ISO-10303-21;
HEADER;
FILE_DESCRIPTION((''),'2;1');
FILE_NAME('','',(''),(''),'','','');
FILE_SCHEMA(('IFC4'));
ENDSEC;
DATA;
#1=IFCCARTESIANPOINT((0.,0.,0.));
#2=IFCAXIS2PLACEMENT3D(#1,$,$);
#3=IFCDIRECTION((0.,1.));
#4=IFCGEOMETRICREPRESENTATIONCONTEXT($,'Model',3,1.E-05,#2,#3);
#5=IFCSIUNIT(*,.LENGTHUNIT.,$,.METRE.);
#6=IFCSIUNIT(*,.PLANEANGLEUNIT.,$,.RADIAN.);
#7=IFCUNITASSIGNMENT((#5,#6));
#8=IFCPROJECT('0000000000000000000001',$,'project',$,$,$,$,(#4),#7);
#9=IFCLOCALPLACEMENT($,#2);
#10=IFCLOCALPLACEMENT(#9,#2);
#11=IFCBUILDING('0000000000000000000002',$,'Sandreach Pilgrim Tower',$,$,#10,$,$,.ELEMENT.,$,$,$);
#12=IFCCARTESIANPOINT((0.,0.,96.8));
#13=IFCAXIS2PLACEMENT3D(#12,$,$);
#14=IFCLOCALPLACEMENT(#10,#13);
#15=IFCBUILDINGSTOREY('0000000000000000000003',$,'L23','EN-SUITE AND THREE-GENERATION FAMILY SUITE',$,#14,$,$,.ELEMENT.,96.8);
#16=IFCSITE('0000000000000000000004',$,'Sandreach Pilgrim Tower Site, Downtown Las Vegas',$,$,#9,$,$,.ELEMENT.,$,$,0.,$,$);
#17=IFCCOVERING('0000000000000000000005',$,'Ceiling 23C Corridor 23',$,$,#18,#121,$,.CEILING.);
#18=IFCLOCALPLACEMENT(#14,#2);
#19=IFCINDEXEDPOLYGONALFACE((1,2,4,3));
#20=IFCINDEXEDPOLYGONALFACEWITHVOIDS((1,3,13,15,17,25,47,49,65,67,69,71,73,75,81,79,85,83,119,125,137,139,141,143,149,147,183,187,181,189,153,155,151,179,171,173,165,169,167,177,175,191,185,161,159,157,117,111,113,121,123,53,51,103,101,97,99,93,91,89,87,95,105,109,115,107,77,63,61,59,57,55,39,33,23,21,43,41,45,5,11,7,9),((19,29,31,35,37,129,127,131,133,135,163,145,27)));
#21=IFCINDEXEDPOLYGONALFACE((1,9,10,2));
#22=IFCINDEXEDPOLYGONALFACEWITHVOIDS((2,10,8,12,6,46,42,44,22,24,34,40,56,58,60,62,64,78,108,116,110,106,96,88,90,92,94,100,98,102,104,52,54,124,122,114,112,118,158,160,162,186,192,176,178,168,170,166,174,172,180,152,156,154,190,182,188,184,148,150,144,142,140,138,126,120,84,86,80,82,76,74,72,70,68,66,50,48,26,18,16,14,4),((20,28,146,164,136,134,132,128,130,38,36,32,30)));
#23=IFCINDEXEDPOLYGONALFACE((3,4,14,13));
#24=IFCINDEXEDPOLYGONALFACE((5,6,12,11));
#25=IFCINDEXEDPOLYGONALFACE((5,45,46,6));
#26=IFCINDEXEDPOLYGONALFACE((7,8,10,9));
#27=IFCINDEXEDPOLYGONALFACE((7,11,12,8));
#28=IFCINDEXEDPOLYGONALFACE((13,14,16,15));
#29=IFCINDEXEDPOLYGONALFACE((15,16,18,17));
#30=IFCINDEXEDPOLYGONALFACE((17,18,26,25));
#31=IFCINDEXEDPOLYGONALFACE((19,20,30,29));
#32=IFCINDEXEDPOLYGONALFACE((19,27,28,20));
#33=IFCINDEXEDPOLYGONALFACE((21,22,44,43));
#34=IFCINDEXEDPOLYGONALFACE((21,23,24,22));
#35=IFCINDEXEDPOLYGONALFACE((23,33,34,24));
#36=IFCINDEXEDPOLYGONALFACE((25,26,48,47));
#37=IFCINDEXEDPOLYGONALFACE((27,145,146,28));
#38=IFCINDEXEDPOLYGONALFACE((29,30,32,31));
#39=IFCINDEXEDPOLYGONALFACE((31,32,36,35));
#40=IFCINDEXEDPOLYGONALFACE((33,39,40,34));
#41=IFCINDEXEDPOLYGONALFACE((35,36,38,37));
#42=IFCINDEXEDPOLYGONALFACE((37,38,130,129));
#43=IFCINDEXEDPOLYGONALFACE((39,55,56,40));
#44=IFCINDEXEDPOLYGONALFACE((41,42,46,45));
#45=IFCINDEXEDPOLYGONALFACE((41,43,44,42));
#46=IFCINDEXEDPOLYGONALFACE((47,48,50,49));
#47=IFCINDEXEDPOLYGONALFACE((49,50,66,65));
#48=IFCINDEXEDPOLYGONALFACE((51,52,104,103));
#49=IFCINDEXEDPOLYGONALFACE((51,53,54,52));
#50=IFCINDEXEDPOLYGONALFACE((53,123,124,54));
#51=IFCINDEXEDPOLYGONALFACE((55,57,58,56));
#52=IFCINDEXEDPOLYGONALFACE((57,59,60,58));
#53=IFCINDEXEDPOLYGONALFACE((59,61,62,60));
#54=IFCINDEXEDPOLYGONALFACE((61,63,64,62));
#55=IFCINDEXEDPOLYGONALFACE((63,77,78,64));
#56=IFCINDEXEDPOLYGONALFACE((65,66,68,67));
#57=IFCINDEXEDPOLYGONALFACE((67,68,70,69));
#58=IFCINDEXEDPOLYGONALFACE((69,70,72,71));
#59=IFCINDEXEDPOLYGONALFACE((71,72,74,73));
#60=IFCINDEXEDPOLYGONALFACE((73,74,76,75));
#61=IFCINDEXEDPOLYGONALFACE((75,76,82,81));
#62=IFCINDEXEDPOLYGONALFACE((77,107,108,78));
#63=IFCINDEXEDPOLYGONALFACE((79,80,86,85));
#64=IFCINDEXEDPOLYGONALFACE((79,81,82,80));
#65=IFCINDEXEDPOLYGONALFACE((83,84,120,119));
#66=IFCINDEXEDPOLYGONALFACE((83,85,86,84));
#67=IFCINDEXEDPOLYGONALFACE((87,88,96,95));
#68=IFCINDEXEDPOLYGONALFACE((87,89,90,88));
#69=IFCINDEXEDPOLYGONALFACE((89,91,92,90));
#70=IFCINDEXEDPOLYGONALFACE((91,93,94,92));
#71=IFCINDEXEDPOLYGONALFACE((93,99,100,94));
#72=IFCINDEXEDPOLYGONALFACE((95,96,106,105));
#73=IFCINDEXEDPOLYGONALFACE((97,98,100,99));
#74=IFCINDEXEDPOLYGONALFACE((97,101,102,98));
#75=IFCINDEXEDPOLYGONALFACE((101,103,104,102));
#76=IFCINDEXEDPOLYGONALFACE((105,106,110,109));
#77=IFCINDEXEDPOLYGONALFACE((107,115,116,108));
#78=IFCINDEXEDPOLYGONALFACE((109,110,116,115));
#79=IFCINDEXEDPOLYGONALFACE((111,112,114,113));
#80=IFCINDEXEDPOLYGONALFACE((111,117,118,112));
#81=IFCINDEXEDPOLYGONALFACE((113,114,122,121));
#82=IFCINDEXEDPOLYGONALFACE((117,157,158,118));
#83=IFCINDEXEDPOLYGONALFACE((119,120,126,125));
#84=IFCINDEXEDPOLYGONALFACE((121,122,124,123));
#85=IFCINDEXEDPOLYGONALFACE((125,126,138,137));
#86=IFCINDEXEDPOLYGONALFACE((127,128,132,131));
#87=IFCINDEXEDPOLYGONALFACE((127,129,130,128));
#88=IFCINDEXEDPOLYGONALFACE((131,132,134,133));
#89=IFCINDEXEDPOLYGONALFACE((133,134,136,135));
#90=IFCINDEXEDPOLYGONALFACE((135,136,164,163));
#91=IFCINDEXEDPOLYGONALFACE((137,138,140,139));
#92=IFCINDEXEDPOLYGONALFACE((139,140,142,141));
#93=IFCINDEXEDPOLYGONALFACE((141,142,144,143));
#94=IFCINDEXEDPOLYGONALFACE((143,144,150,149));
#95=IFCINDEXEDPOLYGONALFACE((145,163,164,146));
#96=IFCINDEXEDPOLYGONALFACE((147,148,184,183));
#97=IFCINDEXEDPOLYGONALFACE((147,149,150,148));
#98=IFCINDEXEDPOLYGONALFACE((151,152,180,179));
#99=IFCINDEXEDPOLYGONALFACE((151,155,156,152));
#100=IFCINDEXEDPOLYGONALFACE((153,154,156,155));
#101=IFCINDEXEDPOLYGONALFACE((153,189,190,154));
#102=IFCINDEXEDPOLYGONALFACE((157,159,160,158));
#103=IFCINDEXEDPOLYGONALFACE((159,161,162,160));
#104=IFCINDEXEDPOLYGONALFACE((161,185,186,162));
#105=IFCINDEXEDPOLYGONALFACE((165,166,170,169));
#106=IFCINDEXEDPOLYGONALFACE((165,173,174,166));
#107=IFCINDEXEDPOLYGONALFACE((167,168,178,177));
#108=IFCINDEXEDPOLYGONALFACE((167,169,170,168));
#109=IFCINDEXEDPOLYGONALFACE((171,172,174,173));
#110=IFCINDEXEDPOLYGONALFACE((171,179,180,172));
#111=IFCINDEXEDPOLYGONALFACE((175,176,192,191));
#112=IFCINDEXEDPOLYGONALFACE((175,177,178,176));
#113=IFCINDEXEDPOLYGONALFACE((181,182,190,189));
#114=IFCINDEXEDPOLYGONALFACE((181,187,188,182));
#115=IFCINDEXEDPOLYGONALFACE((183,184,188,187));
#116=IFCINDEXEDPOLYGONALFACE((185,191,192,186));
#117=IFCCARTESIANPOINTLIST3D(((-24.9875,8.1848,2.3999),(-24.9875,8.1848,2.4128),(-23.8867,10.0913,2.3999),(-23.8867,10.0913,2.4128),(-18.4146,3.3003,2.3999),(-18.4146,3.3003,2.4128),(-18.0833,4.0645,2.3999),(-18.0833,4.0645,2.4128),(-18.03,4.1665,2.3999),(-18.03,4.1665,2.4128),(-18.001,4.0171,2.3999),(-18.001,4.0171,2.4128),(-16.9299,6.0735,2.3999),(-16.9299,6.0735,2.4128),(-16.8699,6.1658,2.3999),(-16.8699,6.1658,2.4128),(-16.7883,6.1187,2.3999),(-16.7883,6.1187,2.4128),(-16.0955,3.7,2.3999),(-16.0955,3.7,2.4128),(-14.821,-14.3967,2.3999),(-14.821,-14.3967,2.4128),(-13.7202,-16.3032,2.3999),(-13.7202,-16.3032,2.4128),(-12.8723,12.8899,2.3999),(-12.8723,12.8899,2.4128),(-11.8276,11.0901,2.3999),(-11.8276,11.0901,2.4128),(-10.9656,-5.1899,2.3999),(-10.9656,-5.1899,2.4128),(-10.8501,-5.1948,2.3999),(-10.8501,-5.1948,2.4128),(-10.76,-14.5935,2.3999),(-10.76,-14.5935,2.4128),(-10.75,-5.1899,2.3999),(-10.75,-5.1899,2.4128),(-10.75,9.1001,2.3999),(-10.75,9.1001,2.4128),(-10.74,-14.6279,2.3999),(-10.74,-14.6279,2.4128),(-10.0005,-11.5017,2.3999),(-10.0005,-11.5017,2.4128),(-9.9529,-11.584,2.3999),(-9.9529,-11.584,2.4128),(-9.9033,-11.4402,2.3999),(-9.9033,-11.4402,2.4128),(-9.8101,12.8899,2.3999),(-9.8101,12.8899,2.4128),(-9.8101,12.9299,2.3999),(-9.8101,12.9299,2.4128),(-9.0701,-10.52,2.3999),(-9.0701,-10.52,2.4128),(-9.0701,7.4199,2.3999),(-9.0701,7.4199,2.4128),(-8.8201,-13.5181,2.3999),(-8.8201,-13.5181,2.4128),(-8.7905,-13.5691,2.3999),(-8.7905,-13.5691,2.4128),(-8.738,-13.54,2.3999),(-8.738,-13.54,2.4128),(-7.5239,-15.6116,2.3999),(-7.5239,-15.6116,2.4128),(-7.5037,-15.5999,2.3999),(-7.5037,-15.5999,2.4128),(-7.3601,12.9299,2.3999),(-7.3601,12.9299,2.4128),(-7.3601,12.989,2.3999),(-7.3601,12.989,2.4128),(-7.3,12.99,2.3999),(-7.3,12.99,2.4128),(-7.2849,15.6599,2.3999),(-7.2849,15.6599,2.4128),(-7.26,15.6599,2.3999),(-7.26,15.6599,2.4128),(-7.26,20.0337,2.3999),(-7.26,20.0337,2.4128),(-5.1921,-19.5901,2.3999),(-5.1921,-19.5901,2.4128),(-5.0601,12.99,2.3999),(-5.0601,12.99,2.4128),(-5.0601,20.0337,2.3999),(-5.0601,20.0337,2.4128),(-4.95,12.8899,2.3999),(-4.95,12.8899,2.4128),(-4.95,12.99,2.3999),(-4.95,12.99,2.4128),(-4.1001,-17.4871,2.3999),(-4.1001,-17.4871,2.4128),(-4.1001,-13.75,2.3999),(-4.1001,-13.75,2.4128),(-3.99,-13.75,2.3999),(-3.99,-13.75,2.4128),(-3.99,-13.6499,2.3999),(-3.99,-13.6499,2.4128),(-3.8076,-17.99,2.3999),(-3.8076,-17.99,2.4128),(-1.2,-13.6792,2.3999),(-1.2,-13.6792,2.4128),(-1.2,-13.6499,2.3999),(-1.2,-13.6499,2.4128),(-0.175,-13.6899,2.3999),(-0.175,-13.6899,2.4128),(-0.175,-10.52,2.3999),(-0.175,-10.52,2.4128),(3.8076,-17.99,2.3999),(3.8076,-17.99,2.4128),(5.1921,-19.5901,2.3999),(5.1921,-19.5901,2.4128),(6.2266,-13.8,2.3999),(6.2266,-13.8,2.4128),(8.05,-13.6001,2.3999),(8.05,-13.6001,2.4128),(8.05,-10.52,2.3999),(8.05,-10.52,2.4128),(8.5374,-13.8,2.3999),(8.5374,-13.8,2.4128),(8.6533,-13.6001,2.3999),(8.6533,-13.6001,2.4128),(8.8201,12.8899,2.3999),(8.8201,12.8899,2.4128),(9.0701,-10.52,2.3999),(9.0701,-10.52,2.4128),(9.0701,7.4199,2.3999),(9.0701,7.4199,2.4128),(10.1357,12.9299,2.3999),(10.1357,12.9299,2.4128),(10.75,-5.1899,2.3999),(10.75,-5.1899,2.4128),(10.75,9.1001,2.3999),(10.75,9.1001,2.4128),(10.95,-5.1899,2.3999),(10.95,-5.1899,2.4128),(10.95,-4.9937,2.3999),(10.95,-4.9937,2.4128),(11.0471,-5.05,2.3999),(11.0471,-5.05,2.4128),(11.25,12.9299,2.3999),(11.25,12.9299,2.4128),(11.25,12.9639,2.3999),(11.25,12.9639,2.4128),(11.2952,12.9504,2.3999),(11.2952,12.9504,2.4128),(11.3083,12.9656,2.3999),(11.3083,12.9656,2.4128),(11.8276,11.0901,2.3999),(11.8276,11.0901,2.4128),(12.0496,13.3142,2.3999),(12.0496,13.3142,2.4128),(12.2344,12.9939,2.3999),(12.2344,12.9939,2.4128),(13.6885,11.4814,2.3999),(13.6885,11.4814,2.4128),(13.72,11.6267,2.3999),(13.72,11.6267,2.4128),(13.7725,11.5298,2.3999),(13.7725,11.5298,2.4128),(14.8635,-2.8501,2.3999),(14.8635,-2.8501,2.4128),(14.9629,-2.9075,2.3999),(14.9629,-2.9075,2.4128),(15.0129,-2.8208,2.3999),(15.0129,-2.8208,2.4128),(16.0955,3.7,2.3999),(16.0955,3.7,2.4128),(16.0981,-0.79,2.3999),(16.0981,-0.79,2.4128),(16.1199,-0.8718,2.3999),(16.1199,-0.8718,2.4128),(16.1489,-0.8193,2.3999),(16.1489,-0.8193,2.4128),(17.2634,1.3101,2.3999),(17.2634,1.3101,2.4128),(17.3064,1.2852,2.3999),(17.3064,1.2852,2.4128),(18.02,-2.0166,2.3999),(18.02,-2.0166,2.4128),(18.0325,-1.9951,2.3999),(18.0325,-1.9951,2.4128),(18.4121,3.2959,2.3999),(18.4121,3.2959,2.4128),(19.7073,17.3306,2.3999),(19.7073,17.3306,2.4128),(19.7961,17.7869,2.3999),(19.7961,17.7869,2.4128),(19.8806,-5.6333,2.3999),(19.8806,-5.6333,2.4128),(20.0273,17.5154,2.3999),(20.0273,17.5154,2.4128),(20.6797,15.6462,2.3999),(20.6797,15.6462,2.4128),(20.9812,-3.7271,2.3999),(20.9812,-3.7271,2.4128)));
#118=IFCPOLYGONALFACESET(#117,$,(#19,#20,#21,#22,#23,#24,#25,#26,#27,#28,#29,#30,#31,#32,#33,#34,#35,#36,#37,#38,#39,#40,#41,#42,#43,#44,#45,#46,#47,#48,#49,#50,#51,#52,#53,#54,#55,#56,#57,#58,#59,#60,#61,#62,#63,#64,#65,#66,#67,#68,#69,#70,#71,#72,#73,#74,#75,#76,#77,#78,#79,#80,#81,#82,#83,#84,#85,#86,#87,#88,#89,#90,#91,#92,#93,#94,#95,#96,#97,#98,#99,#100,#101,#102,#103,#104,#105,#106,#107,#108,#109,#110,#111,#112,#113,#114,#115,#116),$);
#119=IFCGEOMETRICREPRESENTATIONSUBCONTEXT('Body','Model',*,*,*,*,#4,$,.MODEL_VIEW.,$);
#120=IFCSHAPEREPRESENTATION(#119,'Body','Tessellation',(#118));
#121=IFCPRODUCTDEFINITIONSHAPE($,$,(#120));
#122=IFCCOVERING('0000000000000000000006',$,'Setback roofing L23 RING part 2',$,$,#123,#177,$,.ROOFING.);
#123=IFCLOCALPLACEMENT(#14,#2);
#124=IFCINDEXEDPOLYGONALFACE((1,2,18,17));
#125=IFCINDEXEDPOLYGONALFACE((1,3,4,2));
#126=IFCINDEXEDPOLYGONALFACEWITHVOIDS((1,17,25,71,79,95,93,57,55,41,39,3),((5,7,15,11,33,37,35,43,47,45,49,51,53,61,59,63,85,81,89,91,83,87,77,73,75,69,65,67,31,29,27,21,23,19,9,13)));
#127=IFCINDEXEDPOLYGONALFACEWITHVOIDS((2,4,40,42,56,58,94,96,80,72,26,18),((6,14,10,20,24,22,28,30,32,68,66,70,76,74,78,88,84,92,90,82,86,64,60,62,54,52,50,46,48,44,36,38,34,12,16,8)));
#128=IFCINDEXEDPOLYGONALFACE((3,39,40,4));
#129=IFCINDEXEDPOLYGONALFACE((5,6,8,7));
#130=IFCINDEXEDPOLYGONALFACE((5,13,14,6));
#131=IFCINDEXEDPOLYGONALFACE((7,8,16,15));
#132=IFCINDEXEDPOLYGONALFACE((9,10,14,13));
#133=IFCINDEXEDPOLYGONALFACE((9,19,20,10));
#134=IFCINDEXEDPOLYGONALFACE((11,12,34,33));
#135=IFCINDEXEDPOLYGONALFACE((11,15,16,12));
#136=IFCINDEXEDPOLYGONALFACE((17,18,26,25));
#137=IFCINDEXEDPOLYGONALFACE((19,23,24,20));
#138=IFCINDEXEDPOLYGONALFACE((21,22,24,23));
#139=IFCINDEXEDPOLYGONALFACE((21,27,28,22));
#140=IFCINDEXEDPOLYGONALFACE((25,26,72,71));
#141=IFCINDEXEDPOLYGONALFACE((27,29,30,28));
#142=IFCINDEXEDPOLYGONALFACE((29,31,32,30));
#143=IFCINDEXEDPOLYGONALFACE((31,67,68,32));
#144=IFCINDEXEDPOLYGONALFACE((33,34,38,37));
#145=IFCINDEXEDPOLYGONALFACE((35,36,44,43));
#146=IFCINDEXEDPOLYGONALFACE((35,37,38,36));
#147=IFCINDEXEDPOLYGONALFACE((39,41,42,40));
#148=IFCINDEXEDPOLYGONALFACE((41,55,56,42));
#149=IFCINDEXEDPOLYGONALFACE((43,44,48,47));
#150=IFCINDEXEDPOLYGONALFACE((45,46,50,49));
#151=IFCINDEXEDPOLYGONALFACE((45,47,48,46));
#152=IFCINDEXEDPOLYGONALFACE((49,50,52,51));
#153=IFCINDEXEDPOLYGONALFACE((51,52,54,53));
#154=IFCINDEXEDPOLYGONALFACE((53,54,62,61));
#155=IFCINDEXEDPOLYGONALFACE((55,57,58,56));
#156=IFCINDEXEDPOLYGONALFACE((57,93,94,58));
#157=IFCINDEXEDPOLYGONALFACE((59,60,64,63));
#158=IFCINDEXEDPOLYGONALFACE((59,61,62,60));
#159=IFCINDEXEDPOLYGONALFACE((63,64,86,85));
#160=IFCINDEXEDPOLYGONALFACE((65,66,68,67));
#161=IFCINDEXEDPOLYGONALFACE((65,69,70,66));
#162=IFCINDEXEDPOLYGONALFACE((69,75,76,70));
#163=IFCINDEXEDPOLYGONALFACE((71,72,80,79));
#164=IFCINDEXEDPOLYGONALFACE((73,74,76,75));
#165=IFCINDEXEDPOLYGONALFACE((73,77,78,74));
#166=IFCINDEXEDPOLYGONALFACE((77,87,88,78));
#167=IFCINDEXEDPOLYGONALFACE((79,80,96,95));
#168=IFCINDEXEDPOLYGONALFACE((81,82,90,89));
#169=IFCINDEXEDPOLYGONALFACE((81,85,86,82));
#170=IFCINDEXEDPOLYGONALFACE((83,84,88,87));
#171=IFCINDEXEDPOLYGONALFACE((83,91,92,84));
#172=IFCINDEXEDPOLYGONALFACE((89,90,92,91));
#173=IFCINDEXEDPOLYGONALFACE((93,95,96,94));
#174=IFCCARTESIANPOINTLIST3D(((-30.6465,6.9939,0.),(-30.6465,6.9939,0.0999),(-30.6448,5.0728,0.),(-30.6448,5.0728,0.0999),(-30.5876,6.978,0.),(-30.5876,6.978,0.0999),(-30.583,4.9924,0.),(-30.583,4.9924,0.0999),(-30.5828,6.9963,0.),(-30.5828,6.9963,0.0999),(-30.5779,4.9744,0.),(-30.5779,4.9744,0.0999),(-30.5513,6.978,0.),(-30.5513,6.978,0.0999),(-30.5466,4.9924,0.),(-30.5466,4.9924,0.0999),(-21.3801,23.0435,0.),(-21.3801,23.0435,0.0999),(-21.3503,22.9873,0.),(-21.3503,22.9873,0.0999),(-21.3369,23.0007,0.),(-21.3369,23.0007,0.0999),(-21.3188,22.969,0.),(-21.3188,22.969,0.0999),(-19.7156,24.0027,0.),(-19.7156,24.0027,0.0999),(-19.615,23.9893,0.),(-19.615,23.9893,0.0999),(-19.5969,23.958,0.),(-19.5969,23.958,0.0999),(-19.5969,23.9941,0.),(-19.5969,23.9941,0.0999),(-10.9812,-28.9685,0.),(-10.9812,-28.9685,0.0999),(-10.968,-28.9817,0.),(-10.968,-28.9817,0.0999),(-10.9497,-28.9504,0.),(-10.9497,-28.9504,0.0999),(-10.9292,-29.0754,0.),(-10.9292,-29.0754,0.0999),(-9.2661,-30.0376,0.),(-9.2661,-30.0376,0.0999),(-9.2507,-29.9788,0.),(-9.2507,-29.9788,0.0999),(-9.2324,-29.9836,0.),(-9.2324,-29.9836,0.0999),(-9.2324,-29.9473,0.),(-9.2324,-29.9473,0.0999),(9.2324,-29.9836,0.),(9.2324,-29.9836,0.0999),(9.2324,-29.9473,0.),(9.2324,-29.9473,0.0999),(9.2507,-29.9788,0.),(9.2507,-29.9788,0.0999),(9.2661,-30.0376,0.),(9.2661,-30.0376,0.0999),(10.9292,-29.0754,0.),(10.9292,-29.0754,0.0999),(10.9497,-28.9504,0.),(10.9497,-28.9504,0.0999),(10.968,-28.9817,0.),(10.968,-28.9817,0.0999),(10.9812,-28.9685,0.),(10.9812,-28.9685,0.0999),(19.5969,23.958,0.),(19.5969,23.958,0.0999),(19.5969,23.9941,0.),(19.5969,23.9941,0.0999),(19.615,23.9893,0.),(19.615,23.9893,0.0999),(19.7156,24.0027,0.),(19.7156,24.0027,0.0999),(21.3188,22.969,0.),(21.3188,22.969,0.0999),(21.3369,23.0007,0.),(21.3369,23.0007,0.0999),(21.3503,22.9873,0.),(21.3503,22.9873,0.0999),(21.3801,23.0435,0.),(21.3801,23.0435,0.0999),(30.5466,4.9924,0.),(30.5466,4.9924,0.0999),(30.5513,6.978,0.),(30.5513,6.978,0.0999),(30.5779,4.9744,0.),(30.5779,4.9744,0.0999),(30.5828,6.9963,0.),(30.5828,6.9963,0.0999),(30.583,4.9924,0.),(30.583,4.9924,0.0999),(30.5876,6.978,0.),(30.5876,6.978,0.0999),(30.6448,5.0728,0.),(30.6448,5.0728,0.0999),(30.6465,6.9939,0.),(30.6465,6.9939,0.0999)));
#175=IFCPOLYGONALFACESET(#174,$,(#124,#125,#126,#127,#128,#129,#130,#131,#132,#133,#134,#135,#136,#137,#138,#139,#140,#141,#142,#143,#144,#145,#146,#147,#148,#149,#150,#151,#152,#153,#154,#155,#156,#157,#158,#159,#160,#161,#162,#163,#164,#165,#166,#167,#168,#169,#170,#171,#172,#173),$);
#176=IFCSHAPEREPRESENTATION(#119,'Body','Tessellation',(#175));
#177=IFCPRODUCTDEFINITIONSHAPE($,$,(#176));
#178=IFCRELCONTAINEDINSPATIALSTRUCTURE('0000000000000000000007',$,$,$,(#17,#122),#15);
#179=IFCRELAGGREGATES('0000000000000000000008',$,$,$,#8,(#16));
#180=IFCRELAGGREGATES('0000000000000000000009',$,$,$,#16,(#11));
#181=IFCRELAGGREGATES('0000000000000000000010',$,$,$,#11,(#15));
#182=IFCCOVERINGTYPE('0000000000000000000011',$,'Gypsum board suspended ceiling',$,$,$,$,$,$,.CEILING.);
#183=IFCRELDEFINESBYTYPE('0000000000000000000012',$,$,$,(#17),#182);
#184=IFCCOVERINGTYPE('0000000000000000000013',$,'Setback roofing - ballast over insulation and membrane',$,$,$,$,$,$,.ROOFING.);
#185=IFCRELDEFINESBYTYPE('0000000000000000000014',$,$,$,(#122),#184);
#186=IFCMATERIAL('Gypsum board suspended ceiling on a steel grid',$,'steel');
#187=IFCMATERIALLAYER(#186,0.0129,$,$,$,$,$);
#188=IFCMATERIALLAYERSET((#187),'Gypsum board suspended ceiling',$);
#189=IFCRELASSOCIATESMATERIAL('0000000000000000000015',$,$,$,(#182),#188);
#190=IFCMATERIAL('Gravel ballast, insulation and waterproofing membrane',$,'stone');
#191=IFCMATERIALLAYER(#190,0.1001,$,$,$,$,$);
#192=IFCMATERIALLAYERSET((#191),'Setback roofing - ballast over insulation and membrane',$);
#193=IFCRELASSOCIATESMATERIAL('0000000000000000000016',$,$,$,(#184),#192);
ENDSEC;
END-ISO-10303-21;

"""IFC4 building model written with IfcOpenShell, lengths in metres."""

from ifc_helpers import new_model, si_unit, direction, frame, origin, place, context, subcontext, project, spatial, polyline, outline, extrude, material, layer, layer_set, type_object, element, save


model = new_model("IFC4")

# Units and contexts
model_context = context("Model", 3, precision=1e-05, world=origin(), true_north=direction((0.0, 1.0)))
body_context = subcontext(model_context, "Body", "Model", "MODEL_VIEW")
ifc_project = project(units=[si_unit("LENGTHUNIT", "METRE"), si_unit("PLANEANGLEUNIT", "RADIAN")], contexts=[model_context])

# Site, building, storey
site_placement = place(None, origin())
site = spatial("IfcSite", under=ifc_project, at=site_placement, Name="Sandreach Pilgrim Tower Site, Downtown Las Vegas", CompositionType="ELEMENT", RefElevation=0.0)
building_placement = place(site_placement, origin())
building = spatial("IfcBuilding", under=site, at=building_placement, Name="Sandreach Pilgrim Tower", CompositionType="ELEMENT")
storey_placement = place(building_placement, frame((0.0, 0.0, 96.8)))
storey = spatial("IfcBuildingStorey", under=building, at=storey_placement, Name="L23", Description="EN-SUITE AND THREE-GENERATION FAMILY SUITE", CompositionType="ELEMENT", Elevation=96.8)

# Coverings
ifc_material_1 = material(Name="Gypsum board suspended ceiling on a steel grid", Category="steel")
ifc_layer_1 = layer(ifc_material_1, 0.0129)
ifc_layer_set_1 = layer_set([ifc_layer_1], Name="Gypsum board suspended ceiling")
covering_type_1 = type_object("IfcCoveringType", Name="Gypsum board suspended ceiling", PredefinedType="CEILING", material=ifc_layer_set_1)
covering_1_placement = place(storey_placement, frame((0.0, 0.0, 2.3999)))
element("IfcCovering", 1, at=covering_1_placement, inside=storey, type_object=covering_type_1, Name="Ceiling 23C Corridor 23", PredefinedType="CEILING", context=body_context, shape_type="SweptSolid", body=[
    extrude(outline(polyline([(-24.9875, 8.1848), (-23.8867, 10.0913), (-16.9299, 6.0735), (-16.8699, 6.1658), (-16.7883, 6.1187), (-12.8723, 12.8899), (-9.8101, 12.8899), (-9.8101, 12.9299), (-7.3601, 12.9299), (-7.3601, 12.989), (-7.3, 12.99), (-7.2849, 15.6599), (-7.26, 15.6599), (-7.26, 20.0337), (-5.0601, 20.0337), (-5.0601, 12.99), (-4.95, 12.99), (-4.95, 12.8899), (8.8201, 12.8899), (10.1357, 12.9299), (11.25, 12.9299), (11.25, 12.9639), (11.2952, 12.9504), (11.3083, 12.9656), (12.2344, 12.9939), (12.0496, 13.3142), (19.7961, 17.7869), (20.0273, 17.5154), (19.7073, 17.3306), (20.6797, 15.6462), (13.72, 11.6267), (13.7725, 11.5298), (13.6885, 11.4814), (18.4121, 3.2959), (17.2634, 1.3101), (17.3064, 1.2852), (16.0981, -0.79), (16.1489, -0.8193), (16.1199, -0.8718), (18.0325, -1.9951), (18.02, -2.0166), (20.9812, -3.7271), (19.8806, -5.6333), (15.0129, -2.8208), (14.9629, -2.9075), (14.8635, -2.8501), (8.6533, -13.6001), (8.05, -13.6001), (8.05, -10.52), (9.0701, -10.52), (9.0701, 7.4199), (-9.0701, 7.4199), (-9.0701, -10.52), (-0.175, -10.52), (-0.175, -13.6899), (-1.2, -13.6792), (-1.2, -13.6499), (-3.99, -13.6499), (-3.99, -13.75), (-4.1001, -13.75), (-4.1001, -17.4871), (-3.8076, -17.99), (3.8076, -17.99), (6.2266, -13.8), (8.5374, -13.8), (5.1921, -19.5901), (-5.1921, -19.5901), (-7.5037, -15.5999), (-7.5239, -15.6116), (-8.738, -13.54), (-8.7905, -13.5691), (-8.8201, -13.5181), (-10.74, -14.6279), (-10.76, -14.5935), (-13.7202, -16.3032), (-14.821, -14.3967), (-9.9529, -11.584), (-10.0005, -11.5017), (-9.9033, -11.4402), (-18.4146, 3.3003), (-18.001, 4.0171), (-18.0833, 4.0645), (-18.03, 4.1665), (-24.9875, 8.1848)]), holes=[polyline([(-16.0955, 3.7), (-10.9656, -5.1899), (-10.8501, -5.1948), (-10.75, -5.1899), (-10.75, 9.1001), (10.75, 9.1001), (10.75, -5.1899), (10.95, -5.1899), (10.95, -4.9937), (11.0471, -5.05), (16.0955, 3.7), (11.8276, 11.0901), (-11.8276, 11.0901), (-16.0955, 3.7)])]), origin(), (0.0, 0.0, 1.0), 0.0129),
])
ifc_material_2 = material(Name="Gravel ballast, insulation and waterproofing membrane", Category="stone")
ifc_layer_2 = layer(ifc_material_2, 0.1001)
ifc_layer_set_2 = layer_set([ifc_layer_2], Name="Setback roofing - ballast over insulation and membrane")
covering_type_2 = type_object("IfcCoveringType", Name="Setback roofing - ballast over insulation and membrane", PredefinedType="ROOFING", material=ifc_layer_set_2)
covering_2_placement = place(storey_placement, origin())
element("IfcCovering", 2, at=covering_2_placement, inside=storey, type_object=covering_type_2, Name="Setback roofing L23 RING part 2", PredefinedType="ROOFING", context=body_context, shape_type="SweptSolid", body=[
    extrude(outline(polyline([(-19.7156, 24.0027), (19.7156, 24.0027), (21.3801, 23.0435), (30.6465, 6.9939), (30.6448, 5.0728), (10.9292, -29.0754), (9.2661, -30.0376), (-9.2661, -30.0376), (-10.9292, -29.0754), (-30.6448, 5.0728), (-30.6465, 6.9939), (-21.3801, 23.0435), (-19.7156, 24.0027)]), holes=[polyline([(-30.5876, 6.978), (-30.583, 4.9924), (-30.5466, 4.9924), (-30.5779, 4.9744), (-10.9812, -28.9685), (-10.9497, -28.9504), (-10.968, -28.9817), (-9.2507, -29.9788), (-9.2324, -29.9473), (-9.2324, -29.9836), (9.2324, -29.9836), (9.2324, -29.9473), (9.2507, -29.9788), (10.968, -28.9817), (10.9497, -28.9504), (10.9812, -28.9685), (30.5779, 4.9744), (30.5466, 4.9924), (30.583, 4.9924), (30.5876, 6.978), (30.5513, 6.978), (30.5828, 6.9963), (21.3503, 22.9873), (21.3188, 22.969), (21.3369, 23.0007), (19.615, 23.9893), (19.5969, 23.958), (19.5969, 23.9941), (-19.5969, 23.9941), (-19.5969, 23.958), (-19.615, 23.9893), (-21.3369, 23.0007), (-21.3188, 22.969), (-21.3503, 22.9873), (-30.5828, 6.9963), (-30.5513, 6.978), (-30.5876, 6.978)])]), origin(), (0.0, 0.0, 1.0), 0.0999),
])

save(model, "model.ifc")
